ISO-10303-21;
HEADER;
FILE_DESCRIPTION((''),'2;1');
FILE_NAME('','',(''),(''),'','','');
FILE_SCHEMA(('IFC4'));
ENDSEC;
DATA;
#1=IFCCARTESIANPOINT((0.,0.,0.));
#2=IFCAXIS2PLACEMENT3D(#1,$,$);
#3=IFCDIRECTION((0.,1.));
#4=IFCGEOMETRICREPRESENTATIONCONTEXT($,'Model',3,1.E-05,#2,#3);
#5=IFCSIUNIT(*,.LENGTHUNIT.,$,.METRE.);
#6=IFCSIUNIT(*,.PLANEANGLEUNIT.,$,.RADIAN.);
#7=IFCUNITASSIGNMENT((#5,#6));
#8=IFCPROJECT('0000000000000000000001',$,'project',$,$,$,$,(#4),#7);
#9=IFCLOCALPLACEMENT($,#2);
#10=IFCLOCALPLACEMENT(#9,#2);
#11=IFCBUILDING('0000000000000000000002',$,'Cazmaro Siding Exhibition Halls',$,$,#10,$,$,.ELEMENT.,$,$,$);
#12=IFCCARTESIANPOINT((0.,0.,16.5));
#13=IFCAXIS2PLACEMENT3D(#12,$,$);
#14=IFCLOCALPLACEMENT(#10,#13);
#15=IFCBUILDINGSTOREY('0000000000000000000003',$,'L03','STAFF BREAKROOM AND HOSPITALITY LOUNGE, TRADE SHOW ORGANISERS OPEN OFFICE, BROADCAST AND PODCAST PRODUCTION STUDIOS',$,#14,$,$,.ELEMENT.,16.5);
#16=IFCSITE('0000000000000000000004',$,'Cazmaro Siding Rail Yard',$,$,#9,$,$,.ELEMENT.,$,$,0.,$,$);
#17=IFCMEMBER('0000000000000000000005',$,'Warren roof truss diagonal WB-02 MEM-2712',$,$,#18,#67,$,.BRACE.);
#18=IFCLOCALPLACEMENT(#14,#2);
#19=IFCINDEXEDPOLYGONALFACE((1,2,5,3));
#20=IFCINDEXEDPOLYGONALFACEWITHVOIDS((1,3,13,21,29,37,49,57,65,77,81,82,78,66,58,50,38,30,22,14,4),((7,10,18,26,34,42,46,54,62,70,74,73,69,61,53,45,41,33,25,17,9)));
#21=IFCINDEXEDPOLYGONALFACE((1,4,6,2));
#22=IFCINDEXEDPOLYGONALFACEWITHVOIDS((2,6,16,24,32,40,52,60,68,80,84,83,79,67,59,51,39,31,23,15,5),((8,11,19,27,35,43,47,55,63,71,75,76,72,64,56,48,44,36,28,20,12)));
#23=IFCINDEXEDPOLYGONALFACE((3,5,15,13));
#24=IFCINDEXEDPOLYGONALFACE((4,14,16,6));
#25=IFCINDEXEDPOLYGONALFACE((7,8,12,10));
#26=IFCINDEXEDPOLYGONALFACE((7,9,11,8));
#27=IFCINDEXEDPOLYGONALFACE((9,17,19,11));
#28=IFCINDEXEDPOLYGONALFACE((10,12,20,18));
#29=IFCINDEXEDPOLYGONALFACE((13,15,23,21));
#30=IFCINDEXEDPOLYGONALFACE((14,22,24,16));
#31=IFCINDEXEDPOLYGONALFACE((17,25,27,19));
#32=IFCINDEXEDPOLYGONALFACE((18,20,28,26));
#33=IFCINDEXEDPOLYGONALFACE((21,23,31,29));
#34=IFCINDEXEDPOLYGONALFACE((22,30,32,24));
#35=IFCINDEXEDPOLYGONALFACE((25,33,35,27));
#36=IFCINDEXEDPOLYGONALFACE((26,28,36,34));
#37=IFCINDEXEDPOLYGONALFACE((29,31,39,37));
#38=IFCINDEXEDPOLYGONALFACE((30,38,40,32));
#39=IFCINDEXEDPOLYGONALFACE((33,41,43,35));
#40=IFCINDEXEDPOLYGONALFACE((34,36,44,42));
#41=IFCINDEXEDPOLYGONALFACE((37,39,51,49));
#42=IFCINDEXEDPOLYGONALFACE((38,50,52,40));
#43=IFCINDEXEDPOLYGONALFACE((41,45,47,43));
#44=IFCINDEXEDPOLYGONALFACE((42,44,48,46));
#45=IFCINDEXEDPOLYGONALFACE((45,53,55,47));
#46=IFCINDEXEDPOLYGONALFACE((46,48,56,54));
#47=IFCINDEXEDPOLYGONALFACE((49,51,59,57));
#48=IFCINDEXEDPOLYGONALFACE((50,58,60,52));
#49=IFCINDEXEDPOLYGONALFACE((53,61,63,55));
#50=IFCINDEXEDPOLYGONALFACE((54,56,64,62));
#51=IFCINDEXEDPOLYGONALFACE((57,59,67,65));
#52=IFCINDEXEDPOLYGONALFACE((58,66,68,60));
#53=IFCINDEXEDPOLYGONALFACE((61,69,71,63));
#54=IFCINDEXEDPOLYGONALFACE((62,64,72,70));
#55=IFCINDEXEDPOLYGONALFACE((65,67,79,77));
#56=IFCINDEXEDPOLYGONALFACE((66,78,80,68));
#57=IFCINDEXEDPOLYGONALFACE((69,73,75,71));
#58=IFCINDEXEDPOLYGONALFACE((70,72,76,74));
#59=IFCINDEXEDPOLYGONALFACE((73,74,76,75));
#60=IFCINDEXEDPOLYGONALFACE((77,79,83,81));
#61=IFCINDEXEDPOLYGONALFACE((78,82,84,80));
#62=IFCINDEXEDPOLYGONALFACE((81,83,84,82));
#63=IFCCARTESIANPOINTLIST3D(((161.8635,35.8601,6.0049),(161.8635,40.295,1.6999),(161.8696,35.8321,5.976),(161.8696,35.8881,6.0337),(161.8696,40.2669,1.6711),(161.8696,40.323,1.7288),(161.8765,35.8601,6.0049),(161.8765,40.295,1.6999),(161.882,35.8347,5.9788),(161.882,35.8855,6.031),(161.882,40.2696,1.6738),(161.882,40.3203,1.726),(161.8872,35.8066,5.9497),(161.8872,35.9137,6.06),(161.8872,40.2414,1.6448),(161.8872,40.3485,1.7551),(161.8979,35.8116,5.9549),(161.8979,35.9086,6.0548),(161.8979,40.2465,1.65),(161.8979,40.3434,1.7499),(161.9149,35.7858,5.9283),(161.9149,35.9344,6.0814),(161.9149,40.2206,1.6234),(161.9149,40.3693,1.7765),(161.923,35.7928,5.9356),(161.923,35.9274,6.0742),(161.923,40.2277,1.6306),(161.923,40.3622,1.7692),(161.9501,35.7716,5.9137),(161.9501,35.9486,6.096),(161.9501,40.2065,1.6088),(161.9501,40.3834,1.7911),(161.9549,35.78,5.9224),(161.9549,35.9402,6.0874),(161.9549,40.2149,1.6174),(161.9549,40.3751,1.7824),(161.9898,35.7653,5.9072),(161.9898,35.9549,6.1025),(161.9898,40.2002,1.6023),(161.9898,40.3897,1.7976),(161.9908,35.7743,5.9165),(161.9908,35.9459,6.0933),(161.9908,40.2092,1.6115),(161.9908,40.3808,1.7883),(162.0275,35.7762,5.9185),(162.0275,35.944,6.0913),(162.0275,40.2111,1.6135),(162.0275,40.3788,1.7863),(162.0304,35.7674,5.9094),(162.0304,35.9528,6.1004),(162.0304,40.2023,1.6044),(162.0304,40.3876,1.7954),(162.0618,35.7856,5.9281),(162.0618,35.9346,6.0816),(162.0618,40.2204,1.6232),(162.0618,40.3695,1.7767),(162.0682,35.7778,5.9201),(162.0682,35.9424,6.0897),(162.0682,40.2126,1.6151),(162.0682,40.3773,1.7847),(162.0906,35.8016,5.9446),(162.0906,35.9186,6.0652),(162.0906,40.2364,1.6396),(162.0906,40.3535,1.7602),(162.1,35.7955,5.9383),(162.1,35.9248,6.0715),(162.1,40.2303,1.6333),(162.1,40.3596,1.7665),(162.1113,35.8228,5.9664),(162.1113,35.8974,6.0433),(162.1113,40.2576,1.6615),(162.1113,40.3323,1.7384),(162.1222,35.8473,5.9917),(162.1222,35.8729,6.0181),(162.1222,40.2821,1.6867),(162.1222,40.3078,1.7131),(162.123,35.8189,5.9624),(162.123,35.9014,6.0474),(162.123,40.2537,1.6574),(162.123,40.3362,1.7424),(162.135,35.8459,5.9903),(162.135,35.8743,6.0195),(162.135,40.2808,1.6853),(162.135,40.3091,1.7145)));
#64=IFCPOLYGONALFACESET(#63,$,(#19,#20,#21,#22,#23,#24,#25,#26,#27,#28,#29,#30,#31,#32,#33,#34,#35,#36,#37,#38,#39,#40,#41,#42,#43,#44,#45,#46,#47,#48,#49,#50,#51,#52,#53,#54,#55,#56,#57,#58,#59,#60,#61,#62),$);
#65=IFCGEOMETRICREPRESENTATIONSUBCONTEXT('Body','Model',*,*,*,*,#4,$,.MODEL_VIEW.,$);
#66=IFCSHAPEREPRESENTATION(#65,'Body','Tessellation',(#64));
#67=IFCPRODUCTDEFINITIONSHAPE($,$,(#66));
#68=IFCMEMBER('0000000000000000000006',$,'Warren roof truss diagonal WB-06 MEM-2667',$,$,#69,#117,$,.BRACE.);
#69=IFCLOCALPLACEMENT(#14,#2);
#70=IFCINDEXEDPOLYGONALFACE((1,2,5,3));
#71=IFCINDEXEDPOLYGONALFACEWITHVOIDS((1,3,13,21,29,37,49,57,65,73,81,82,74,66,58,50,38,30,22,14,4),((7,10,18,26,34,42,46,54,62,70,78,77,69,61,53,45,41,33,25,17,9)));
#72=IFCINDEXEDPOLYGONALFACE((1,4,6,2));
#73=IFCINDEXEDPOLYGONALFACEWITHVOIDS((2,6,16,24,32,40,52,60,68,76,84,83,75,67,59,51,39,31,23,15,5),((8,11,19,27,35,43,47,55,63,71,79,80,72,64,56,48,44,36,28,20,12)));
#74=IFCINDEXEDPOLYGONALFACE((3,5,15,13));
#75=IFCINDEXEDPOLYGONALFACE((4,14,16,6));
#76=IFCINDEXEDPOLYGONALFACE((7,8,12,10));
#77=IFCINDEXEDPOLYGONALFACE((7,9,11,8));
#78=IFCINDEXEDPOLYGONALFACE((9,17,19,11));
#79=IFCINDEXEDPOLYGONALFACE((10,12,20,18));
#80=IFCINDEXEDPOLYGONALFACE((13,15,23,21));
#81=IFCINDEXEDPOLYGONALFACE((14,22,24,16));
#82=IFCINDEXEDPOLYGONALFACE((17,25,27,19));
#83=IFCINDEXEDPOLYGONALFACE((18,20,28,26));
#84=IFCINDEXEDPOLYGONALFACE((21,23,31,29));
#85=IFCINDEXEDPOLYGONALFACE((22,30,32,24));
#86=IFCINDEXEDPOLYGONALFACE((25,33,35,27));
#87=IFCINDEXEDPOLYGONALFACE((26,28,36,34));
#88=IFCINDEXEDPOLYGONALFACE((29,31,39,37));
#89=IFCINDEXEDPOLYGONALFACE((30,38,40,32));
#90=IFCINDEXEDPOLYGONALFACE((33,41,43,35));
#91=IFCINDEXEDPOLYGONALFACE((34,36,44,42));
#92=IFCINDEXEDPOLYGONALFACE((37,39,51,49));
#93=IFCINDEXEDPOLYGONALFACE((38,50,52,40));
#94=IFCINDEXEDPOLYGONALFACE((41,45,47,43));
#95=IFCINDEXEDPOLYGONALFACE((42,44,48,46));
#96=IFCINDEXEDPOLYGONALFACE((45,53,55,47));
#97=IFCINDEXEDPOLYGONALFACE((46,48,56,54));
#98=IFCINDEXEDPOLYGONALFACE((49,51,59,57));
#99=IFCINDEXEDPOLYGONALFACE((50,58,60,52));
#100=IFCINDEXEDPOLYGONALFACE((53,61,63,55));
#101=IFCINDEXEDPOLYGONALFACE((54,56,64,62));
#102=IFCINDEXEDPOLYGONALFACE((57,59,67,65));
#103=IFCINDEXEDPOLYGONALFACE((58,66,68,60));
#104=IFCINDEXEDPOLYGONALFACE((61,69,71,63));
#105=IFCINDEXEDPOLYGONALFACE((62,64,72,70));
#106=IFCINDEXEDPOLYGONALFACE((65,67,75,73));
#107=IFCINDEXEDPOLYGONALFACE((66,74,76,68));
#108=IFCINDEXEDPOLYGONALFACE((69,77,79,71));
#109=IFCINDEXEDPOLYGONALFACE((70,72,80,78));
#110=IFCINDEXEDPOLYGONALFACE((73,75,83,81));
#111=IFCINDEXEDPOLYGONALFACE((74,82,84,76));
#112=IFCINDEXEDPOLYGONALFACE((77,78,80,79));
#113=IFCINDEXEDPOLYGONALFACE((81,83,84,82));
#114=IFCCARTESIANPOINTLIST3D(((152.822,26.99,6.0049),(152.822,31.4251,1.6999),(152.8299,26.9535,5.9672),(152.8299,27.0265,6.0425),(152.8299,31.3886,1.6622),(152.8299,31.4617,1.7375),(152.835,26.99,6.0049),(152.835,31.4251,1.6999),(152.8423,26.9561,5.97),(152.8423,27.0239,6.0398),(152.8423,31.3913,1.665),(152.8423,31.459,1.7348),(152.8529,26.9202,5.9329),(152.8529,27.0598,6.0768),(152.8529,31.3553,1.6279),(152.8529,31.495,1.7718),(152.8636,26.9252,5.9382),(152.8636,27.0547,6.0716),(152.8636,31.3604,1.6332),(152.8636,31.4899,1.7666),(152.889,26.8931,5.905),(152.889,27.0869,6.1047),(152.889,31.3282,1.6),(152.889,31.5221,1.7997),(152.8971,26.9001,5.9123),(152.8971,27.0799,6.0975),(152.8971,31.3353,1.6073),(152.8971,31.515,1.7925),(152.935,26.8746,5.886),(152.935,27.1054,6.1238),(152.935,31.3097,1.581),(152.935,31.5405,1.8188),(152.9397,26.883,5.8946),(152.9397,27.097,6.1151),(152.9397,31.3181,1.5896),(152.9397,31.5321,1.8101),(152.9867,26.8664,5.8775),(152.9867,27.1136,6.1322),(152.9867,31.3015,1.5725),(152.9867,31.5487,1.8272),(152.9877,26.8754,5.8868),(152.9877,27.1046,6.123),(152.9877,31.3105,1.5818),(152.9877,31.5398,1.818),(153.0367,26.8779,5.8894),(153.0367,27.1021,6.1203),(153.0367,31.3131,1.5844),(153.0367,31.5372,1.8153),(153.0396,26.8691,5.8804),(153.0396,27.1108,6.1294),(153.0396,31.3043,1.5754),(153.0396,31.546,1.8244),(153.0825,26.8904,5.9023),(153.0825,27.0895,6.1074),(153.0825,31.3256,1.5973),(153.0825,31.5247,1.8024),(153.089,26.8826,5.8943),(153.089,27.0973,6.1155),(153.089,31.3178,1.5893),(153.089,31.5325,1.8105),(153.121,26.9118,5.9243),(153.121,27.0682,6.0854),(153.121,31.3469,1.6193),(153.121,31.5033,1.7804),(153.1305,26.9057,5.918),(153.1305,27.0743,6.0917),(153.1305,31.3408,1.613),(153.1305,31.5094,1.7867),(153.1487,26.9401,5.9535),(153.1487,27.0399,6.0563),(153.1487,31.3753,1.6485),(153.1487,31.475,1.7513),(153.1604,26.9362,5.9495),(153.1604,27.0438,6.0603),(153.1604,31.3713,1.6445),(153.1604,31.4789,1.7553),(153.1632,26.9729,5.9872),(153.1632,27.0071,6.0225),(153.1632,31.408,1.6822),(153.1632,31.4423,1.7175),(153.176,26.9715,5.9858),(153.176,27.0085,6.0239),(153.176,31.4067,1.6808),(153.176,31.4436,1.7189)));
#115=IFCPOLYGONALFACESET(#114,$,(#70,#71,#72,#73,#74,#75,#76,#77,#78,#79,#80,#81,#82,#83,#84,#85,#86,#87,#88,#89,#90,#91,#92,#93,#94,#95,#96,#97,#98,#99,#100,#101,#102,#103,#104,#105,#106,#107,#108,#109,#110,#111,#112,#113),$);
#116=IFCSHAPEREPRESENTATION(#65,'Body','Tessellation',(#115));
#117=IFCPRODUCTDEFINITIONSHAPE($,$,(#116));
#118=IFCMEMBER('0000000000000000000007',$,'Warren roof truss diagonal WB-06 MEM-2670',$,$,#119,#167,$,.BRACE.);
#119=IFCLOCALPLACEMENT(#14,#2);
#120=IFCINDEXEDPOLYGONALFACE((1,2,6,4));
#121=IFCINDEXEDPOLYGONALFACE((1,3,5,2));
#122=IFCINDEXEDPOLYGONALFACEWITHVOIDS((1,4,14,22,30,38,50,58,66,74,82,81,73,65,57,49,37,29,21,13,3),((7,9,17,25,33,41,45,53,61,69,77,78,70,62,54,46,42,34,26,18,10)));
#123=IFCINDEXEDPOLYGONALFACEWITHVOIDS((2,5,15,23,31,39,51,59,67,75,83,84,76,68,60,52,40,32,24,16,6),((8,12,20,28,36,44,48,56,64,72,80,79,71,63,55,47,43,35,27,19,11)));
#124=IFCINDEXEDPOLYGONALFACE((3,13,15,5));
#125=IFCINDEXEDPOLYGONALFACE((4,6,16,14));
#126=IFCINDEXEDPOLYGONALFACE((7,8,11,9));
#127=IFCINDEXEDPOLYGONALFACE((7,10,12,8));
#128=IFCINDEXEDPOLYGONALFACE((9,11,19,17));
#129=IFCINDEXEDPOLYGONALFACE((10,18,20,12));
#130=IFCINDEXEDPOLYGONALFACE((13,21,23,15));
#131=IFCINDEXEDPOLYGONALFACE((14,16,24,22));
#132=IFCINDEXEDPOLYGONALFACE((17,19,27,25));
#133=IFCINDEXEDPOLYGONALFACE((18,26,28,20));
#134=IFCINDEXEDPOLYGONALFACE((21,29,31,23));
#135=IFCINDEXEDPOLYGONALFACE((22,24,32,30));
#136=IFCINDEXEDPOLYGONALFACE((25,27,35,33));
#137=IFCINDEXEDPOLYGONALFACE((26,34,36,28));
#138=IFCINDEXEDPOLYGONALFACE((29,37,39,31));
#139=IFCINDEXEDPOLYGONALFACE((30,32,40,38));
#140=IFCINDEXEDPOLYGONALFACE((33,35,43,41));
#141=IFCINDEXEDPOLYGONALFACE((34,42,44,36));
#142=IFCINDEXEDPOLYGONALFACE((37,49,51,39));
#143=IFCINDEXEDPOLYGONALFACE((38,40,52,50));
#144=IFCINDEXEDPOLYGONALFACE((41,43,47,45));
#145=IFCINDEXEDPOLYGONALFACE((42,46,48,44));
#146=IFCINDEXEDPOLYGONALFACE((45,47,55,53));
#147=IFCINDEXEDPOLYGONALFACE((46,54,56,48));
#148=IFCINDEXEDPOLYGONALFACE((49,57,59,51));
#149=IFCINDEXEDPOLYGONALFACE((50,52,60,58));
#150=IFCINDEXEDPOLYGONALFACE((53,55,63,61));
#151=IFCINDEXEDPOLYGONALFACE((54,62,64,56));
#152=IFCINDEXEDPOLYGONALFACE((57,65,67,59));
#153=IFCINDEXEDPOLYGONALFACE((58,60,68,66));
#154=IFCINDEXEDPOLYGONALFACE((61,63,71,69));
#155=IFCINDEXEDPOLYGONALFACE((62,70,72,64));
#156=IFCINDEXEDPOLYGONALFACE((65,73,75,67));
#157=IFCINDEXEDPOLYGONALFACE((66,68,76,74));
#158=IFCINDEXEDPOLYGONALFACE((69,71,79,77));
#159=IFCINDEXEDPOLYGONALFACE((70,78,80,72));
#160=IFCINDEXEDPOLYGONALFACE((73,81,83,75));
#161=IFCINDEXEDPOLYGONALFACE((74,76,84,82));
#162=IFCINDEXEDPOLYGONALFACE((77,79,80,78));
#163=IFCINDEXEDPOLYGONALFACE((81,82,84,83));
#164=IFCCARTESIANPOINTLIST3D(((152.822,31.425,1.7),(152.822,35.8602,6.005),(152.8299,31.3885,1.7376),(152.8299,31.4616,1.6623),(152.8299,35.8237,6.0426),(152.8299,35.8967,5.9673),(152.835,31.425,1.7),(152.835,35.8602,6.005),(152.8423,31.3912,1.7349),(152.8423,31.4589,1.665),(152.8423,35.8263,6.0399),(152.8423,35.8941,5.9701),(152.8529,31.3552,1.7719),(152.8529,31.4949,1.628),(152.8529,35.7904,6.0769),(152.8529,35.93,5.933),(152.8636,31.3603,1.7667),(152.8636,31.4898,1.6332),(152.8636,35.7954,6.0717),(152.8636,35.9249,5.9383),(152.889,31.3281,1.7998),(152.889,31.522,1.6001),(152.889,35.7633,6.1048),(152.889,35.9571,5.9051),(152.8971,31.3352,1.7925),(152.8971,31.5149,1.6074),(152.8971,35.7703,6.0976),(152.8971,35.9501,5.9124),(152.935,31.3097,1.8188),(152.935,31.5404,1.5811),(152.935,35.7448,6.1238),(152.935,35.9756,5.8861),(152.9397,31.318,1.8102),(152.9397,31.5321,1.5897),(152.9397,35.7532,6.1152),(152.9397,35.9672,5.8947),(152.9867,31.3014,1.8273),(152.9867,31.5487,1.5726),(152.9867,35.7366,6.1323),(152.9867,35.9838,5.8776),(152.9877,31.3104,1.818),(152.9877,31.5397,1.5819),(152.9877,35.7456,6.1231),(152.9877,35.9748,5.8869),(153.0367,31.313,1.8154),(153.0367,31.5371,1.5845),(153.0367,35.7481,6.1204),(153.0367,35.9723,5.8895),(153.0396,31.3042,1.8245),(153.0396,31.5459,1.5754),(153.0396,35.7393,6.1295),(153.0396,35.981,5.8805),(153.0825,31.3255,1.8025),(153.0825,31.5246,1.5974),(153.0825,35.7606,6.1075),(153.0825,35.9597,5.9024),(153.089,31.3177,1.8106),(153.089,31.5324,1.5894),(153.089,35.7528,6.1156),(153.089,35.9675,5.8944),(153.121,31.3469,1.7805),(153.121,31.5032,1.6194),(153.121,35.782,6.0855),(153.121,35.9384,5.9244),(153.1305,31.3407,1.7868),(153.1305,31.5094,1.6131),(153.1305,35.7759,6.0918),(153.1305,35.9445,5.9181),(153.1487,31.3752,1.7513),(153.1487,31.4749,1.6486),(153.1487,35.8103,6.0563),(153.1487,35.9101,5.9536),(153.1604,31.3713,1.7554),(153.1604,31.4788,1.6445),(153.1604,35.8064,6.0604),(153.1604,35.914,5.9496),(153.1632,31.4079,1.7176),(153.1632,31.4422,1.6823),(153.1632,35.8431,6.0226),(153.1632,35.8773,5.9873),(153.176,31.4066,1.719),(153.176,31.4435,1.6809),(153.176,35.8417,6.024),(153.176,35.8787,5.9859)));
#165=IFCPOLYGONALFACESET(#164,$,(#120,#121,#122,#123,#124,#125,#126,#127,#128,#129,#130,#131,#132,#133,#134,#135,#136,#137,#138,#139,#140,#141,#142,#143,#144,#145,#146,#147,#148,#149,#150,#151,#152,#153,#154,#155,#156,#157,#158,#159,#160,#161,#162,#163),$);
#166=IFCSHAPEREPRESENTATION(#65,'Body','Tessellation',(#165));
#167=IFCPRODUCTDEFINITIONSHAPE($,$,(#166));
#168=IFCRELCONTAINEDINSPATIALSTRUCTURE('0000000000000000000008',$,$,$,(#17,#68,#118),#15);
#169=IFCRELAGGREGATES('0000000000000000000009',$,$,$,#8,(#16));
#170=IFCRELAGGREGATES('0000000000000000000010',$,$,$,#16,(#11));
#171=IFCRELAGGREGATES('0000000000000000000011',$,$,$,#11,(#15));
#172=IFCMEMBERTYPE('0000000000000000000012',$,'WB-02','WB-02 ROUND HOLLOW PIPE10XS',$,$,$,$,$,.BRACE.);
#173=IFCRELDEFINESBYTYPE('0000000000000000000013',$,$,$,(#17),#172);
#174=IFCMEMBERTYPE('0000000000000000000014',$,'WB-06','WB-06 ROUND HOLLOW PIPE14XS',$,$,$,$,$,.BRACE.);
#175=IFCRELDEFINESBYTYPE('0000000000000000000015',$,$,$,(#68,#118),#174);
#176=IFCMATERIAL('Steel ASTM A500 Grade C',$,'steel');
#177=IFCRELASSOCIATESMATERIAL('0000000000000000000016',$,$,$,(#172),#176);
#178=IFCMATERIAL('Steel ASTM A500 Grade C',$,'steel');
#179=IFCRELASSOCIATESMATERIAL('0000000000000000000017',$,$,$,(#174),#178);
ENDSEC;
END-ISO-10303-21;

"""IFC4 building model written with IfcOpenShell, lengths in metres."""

from ifc_helpers import new_model, si_unit, direction, frame, origin, origin_2d, place, context, subcontext, project, spatial, hollow_circle, extrude, material, material_profile, profile_set, type_object, element, save


model = new_model("IFC4")

# Units and contexts
model_context = context("Model", 3, precision=1e-05, world=origin(), true_north=direction((0.0, 1.0)))
body_context = subcontext(model_context, "Body", "Model", "MODEL_VIEW")
ifc_project = project(units=[si_unit("LENGTHUNIT", "METRE"), si_unit("PLANEANGLEUNIT", "RADIAN")], contexts=[model_context])

# Site, building, storey
site_placement = place(None, origin())
site = spatial("IfcSite", under=ifc_project, at=site_placement, Name="Cazmaro Siding Rail Yard", CompositionType="ELEMENT", RefElevation=0.0)
building_placement = place(site_placement, origin())
building = spatial("IfcBuilding", under=site, at=building_placement, Name="Cazmaro Siding Exhibition Halls", CompositionType="ELEMENT")
storey_placement = place(building_placement, frame((0.0, 0.0, 16.5)))
storey = spatial("IfcBuildingStorey", under=building, at=storey_placement, Name="L03", Description="STAFF BREAKROOM AND HOSPITALITY LOUNGE, TRADE SHOW ORGANISERS OPEN OFFICE, BROADCAST AND PODCAST PRODUCTION STUDIOS", CompositionType="ELEMENT", Elevation=16.5)

# Members
ifc_material_1 = material(Name="Steel ASTM A500 Grade C", Category="steel")
ifc_material_profile_1 = material_profile(ifc_material_1, hollow_circle(Radius=0.1365, WallThickness=0.0129, at=origin_2d()), Name="PIPE10XS")
ifc_profile_set_1 = profile_set([ifc_material_profile_1], Name="Steel ASTM A500 Grade C")
member_type_1 = type_object("IfcMemberType", Name="WB-02", Description="WB-02 ROUND HOLLOW PIPE10XS", PredefinedType="BRACE", material=ifc_profile_set_1)
member_1_placement = place(storey_placement, frame((162.0, 35.8601, 6.0049), z_axis=(0.0, 0.717536, -0.696521), x_axis=(-1.0, 0.0, 0.0)))
element("IfcMember", 1, at=member_1_placement, inside=storey, type_object=member_type_1, Name="Warren roof truss diagonal WB-02 MEM-2712", PredefinedType="BRACE", context=body_context, shape_type="SweptSolid", body=[
    extrude(hollow_circle(Radius=0.1365, WallThickness=0.0129, at=origin_2d()), origin(), (0.0, 0.0, 1.0), 6.1807),
])
ifc_material_2 = material(Name="Steel ASTM A500 Grade C", Category="steel")
ifc_material_profile_2 = material_profile(ifc_material_2, hollow_circle(Radius=0.178, WallThickness=0.0129, at=origin_2d()), Name="PIPE14XS")
ifc_profile_set_2 = profile_set([ifc_material_profile_2], Name="Steel ASTM A500 Grade C")
member_type_2 = type_object("IfcMemberType", Name="WB-06", Description="WB-06 ROUND HOLLOW PIPE14XS", PredefinedType="BRACE", material=ifc_profile_set_2)
for number, where, z_axis, x_axis, name in (
    (2, (153.0, 26.99, 6.0049), (0.0, 0.717555, -0.696502), (-1.0, 0.0, 0.0), "Warren roof truss diagonal WB-06 MEM-2667"),
    (3, (153.0, 31.425, 1.7), (0.0, 0.717555, 0.696502), (-1.0, 0.0, 0.0), "Warren roof truss diagonal WB-06 MEM-2670"),
):
    element("IfcMember", number, at=place(storey_placement, frame(where, z_axis=z_axis, x_axis=x_axis)), inside=storey, type_object=member_type_2, Name=name, PredefinedType="BRACE", context=body_context, shape_type="SweptSolid", body=[
        extrude(hollow_circle(Radius=0.178, WallThickness=0.0129, at=origin_2d()), origin(), (0.0, 0.0, 1.0), 6.1809),
    ])

save(model, "model.ifc")
